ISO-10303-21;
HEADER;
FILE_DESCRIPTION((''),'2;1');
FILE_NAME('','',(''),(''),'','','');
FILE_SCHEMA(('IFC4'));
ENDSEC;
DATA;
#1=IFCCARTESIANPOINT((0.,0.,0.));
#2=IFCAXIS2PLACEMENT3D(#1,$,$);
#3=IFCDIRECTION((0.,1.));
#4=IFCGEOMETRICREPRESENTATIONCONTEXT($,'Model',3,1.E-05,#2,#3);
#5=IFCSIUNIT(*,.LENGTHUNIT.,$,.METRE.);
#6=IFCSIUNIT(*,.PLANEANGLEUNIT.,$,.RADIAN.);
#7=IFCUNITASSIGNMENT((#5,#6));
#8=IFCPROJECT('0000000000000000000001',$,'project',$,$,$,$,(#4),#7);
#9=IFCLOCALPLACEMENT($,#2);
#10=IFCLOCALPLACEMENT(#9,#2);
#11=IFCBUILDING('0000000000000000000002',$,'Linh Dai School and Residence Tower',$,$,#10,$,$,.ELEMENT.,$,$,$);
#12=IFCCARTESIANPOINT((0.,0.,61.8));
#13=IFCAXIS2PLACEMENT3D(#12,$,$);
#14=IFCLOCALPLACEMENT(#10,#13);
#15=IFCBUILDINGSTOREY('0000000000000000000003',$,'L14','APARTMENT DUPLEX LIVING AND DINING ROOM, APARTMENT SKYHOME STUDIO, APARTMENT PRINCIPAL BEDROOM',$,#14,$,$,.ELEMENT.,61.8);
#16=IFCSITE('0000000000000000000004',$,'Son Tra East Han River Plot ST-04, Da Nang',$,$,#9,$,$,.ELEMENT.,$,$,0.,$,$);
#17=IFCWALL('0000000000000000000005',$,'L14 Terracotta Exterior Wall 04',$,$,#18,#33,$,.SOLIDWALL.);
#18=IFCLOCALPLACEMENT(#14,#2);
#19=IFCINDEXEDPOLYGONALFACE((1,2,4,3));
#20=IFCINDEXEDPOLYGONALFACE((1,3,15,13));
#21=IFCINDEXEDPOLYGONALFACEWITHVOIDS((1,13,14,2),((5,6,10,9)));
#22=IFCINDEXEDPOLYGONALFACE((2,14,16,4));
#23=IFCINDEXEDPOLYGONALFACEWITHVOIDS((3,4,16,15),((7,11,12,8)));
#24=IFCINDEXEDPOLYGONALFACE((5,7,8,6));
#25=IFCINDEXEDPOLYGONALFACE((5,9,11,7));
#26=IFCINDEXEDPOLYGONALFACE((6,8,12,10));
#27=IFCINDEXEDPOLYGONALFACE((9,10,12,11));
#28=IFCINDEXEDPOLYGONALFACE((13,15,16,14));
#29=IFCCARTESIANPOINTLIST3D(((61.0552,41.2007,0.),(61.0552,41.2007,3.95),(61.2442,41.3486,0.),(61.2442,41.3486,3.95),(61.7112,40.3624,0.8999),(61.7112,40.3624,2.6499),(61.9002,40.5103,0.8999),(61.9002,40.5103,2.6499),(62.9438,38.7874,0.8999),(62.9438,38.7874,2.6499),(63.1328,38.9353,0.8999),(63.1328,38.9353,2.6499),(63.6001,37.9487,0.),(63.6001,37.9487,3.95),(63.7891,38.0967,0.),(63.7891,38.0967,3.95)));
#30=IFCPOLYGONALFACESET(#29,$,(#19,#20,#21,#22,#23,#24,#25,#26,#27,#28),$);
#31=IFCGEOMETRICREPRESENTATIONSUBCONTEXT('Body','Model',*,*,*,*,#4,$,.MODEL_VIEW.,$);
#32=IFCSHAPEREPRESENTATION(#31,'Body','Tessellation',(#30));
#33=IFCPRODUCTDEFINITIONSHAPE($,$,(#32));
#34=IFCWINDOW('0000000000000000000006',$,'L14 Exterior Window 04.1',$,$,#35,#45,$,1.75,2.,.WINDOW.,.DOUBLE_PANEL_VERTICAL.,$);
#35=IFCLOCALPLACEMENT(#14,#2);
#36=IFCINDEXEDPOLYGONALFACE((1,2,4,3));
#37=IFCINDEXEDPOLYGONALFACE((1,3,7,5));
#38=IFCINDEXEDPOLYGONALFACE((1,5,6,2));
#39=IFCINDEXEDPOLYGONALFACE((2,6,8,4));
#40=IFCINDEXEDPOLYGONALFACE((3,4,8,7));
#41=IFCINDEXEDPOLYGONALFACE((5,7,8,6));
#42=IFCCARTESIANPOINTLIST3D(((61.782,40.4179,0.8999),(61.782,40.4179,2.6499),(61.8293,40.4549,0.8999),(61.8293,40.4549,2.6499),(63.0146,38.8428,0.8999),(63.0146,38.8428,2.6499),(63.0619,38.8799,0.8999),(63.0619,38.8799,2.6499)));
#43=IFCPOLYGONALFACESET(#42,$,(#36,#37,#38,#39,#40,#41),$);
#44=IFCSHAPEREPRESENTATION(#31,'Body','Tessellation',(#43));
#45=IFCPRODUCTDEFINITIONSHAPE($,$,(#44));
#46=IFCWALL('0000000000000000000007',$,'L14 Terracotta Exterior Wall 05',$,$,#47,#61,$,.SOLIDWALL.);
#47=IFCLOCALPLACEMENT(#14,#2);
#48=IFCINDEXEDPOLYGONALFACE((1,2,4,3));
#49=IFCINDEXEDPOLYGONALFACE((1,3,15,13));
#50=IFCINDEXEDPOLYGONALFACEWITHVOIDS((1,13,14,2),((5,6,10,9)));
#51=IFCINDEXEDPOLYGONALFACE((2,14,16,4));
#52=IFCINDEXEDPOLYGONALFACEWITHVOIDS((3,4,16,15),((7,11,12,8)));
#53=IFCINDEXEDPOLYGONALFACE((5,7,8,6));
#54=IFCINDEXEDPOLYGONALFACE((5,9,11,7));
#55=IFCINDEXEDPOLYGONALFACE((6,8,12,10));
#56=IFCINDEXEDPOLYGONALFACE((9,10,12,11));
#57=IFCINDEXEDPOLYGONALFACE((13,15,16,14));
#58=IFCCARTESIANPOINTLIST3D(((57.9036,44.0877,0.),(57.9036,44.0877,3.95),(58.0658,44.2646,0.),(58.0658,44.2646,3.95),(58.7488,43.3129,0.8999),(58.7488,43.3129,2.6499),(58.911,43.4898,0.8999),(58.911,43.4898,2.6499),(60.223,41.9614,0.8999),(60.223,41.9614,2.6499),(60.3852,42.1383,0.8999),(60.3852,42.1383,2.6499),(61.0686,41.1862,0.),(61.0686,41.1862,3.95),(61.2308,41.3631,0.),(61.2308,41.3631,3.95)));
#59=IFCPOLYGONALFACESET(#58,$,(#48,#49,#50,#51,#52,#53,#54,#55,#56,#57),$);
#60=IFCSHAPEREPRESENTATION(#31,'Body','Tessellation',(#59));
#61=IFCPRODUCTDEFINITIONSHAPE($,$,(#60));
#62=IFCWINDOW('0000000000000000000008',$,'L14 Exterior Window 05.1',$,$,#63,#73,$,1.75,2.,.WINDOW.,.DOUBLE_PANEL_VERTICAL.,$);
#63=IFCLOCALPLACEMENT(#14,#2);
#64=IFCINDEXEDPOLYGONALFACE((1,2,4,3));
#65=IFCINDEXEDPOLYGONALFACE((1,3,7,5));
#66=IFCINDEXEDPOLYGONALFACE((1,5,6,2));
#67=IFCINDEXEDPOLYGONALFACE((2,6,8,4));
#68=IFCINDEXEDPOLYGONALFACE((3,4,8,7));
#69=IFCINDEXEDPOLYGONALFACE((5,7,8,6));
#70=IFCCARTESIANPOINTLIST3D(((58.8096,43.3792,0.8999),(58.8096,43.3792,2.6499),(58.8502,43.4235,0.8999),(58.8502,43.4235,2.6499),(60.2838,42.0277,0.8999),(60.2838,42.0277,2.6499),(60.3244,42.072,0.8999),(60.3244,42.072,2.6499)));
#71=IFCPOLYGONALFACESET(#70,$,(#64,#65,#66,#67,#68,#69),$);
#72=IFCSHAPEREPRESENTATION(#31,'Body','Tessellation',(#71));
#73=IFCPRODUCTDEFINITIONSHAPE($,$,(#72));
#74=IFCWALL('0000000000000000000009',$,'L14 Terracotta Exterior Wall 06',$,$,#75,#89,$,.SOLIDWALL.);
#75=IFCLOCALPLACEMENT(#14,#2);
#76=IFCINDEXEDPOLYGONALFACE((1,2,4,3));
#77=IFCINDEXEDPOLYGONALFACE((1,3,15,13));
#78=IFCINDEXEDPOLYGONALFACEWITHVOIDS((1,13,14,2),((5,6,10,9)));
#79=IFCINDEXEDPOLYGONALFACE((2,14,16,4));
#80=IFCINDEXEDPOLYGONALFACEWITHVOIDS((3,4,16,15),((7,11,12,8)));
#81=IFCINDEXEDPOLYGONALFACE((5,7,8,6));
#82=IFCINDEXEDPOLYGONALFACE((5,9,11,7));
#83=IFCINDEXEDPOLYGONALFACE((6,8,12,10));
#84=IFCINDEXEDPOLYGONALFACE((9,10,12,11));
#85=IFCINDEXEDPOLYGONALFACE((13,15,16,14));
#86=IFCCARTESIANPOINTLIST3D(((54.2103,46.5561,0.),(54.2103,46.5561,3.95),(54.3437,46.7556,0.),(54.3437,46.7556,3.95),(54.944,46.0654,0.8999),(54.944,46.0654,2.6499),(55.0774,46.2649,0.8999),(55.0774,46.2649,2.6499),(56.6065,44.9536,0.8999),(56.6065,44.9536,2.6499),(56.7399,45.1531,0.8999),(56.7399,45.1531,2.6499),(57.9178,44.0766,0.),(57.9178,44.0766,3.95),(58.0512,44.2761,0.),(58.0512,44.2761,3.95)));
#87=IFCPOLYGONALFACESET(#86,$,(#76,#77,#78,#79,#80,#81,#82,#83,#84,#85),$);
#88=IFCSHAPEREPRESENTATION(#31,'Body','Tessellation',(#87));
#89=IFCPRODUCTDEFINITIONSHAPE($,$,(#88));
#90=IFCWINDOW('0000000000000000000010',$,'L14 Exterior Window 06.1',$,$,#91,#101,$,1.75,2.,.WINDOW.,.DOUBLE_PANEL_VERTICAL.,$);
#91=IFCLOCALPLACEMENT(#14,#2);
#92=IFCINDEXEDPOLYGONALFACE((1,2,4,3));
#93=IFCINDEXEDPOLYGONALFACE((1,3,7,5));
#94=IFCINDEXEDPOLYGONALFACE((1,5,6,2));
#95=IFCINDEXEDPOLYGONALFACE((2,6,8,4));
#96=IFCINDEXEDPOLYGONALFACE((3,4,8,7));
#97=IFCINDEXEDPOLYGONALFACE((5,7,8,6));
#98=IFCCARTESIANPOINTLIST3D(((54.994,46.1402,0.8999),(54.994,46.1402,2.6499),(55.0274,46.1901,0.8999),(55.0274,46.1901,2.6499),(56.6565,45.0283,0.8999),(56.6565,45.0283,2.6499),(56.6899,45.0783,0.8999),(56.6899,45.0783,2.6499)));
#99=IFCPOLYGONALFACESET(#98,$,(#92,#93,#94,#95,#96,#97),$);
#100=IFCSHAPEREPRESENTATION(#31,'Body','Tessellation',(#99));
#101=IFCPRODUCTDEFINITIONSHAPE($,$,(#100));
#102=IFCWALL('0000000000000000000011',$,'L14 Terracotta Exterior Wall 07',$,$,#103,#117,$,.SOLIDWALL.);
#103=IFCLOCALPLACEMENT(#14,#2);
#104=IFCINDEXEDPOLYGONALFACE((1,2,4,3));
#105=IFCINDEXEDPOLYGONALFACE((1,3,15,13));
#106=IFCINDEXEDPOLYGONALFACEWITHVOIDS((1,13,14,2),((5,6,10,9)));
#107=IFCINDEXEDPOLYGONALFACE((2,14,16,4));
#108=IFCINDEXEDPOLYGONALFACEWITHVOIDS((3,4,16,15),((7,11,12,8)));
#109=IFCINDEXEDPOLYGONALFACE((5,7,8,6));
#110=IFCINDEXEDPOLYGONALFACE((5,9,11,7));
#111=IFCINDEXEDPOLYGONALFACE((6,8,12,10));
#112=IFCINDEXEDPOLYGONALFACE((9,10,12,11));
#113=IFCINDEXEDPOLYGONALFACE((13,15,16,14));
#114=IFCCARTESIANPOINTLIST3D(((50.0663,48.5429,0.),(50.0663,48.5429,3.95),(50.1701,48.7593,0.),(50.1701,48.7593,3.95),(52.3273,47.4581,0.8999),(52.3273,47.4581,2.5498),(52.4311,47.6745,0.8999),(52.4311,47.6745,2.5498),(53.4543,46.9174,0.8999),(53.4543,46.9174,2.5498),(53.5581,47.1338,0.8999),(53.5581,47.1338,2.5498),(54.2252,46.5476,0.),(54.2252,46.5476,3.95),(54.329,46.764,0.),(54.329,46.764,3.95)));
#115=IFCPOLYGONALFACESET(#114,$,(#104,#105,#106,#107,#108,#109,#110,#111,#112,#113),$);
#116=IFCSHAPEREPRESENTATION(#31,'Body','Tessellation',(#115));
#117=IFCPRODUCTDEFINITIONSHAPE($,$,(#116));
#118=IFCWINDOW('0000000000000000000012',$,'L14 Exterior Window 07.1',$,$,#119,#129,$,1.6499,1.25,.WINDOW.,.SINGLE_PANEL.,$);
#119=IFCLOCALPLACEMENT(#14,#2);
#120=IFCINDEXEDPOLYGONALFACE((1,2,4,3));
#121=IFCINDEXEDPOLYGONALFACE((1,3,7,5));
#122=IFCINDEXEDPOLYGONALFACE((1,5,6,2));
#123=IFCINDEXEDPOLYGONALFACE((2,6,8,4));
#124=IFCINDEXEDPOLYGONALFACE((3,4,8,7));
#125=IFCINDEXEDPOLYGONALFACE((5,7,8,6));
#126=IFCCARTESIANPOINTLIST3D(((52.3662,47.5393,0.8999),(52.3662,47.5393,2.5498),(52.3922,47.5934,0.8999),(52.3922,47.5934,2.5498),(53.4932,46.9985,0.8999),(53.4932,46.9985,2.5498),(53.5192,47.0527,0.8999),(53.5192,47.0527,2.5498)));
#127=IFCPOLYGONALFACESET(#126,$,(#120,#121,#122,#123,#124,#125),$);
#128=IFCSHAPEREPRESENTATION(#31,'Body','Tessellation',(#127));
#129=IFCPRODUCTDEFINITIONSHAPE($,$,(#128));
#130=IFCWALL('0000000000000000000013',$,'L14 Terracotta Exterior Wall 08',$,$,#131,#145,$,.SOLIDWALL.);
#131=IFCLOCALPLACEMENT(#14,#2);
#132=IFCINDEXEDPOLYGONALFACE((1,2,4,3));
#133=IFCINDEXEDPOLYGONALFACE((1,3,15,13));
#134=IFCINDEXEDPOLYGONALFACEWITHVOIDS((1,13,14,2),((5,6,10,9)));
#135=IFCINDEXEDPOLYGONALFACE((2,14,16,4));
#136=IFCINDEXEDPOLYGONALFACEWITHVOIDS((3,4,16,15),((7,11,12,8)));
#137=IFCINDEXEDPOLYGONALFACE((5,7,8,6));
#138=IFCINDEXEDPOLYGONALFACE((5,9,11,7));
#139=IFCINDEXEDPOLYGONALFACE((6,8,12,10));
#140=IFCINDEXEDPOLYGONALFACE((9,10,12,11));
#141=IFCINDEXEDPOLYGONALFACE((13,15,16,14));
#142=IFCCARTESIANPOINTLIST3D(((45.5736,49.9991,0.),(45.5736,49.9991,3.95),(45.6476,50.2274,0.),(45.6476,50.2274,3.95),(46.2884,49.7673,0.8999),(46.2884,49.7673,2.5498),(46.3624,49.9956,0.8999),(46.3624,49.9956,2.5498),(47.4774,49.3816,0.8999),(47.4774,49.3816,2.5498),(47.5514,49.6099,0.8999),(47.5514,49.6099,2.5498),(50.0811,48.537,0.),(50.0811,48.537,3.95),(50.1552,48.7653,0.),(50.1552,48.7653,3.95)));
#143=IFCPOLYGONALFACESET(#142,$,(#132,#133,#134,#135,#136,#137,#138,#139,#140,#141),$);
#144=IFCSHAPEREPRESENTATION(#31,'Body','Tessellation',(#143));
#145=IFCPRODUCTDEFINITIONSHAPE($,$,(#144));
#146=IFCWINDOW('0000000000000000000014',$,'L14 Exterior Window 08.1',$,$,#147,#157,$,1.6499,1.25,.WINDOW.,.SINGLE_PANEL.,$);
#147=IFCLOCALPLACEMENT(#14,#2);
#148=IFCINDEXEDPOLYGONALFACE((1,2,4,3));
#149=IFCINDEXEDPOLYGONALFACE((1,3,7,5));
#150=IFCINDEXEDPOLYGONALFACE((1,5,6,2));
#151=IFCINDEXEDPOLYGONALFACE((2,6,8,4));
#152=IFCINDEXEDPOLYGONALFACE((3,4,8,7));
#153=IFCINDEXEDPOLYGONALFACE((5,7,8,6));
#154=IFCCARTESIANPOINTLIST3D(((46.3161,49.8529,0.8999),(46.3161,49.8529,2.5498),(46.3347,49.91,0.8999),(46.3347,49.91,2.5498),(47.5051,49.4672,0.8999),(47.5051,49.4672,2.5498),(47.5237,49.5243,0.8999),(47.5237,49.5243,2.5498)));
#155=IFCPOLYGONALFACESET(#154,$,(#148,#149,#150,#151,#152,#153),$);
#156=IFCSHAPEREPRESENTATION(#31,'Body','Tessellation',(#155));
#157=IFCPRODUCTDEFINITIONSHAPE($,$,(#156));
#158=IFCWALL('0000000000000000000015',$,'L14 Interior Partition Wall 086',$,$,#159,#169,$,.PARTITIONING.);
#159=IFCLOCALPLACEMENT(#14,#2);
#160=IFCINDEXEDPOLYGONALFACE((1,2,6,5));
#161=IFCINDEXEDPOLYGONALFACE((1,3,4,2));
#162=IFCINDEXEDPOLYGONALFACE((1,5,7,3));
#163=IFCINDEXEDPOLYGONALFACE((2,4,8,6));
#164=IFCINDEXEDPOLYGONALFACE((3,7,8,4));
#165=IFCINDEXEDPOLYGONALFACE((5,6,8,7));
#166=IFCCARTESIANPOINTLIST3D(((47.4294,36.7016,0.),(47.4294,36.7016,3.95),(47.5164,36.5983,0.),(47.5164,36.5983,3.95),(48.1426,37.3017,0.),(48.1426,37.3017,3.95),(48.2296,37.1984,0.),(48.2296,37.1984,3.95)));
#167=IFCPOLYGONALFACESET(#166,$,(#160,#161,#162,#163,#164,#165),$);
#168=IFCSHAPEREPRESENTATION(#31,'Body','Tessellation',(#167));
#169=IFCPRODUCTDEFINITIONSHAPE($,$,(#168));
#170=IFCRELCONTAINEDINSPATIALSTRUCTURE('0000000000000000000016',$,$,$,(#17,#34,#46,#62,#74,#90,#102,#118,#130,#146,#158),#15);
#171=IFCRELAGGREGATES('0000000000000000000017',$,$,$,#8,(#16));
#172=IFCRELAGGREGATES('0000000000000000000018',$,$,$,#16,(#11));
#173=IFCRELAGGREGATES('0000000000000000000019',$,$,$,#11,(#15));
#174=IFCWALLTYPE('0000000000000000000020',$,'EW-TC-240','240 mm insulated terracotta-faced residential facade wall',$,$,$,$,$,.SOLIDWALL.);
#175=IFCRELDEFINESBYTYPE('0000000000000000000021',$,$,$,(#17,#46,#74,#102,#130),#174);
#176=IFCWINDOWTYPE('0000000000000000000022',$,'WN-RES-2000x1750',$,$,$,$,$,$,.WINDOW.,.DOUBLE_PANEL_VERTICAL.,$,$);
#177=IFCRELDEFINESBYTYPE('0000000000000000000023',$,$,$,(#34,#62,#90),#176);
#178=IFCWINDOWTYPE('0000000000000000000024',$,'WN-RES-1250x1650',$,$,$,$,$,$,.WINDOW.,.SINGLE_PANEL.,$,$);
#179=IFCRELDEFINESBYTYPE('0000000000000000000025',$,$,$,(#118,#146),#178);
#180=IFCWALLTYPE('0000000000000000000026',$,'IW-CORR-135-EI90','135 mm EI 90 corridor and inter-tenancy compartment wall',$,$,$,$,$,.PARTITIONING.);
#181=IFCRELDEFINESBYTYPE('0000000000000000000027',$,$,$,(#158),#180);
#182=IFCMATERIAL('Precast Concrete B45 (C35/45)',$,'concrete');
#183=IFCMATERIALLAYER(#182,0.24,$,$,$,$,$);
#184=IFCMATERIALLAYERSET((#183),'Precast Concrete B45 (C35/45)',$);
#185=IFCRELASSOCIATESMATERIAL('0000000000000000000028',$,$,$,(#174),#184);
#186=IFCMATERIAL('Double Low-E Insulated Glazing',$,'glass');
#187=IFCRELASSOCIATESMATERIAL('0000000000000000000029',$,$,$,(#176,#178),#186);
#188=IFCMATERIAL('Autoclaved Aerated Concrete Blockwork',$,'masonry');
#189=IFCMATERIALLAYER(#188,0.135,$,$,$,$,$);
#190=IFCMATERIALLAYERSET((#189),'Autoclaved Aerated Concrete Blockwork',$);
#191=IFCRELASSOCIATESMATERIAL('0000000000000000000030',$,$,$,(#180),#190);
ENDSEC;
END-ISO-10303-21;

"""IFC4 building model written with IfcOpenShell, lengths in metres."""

from ifc_helpers import new_model, si_unit, direction, frame, frame_2d, origin, origin_2d, place, context, subcontext, project, spatial, rectangle, extrude, source, transform, mapped, material, layer, layer_set, type_object, element, fill, save


model = new_model("IFC4")

# Units and contexts
model_context = context("Model", 3, precision=1e-05, world=origin(), true_north=direction((0.0, 1.0)))
body_context = subcontext(model_context, "Body", "Model", "MODEL_VIEW")
ifc_project = project(units=[si_unit("LENGTHUNIT", "METRE"), si_unit("PLANEANGLEUNIT", "RADIAN")], contexts=[model_context])

# Site, building, storey
site_placement = place(None, origin())
site = spatial("IfcSite", under=ifc_project, at=site_placement, Name="Son Tra East Han River Plot ST-04, Da Nang", CompositionType="ELEMENT", RefElevation=0.0)
building_placement = place(site_placement, origin())
building = spatial("IfcBuilding", under=site, at=building_placement, Name="Linh Dai School and Residence Tower", CompositionType="ELEMENT")
storey_placement = place(building_placement, frame((0.0, 0.0, 61.8)))
storey = spatial("IfcBuildingStorey", under=building, at=storey_placement, Name="L14", Description="APARTMENT DUPLEX LIVING AND DINING ROOM, APARTMENT SKYHOME STUDIO, APARTMENT PRINCIPAL BEDROOM", CompositionType="ELEMENT", Elevation=61.8)

# Shared definitions
ifc_material_1 = material(Name="Precast Concrete B45 (C35/45)", Category="concrete")

# Shared definitions
ifc_layer_1 = layer(ifc_material_1, 0.24)
ifc_layer_set_1 = layer_set([ifc_layer_1], Name="Precast Concrete B45 (C35/45)")
wall_type_1 = type_object("IfcWallType", Name="EW-TC-240", Description="240 mm insulated terracotta-faced residential facade wall", PredefinedType="SOLIDWALL", material=ifc_layer_set_1)

# Walls, openings, windows
wall_1_placement = place(storey_placement, frame((61.1497, 41.2747, 0.0), z_axis=(0.0, 0.0, 1.0), x_axis=(0.616296, -0.787515, 0.0)))
wall_1 = element("IfcWall", 1, at=wall_1_placement, inside=storey, type_object=wall_type_1, Name="L14 Terracotta Exterior Wall 04", PredefinedType="SOLIDWALL", context=body_context, shape_type="SweptSolid", body=[
    extrude(rectangle(XDim=4.1294, YDim=0.24, at=frame_2d((2.0647, 0.0))), origin(), (0.0, 0.0, 1.0), 3.95),
])
opening_1_placement = place(wall_1_placement, frame((1.0645, 0.0, 0.8999)))
opening_1 = element("IfcOpeningElement", 2, at=opening_1_placement, cuts=wall_1, PredefinedType="OPENING", context=body_context, shape_type="SweptSolid", body=[
    extrude(rectangle(XDim=2.0, YDim=1.75, at=origin_2d()), frame((1.0, 0.1299, 0.875), z_axis=(0.0, -1.0, 0.0), x_axis=(1.0, 0.0, 0.0)), (0.0, 0.0, 1.0), 0.26),
])
ifc_material_2 = material(Name="Double Low-E Insulated Glazing", Category="glass")
window_type_1 = type_object("IfcWindowType", Name="WN-RES-2000x1750", PartitioningType="DOUBLE_PANEL_VERTICAL", PredefinedType="WINDOW", material=ifc_material_2)
shared_shape_1 = source(origin(), body_context, "Body", "SweptSolid", [
    extrude(rectangle(XDim=2.0, YDim=1.75, at=origin_2d()), frame((1.0, 0.03, 0.875), z_axis=(0.0, -1.0, 0.0), x_axis=(1.0, 0.0, 0.0)), (0.0, 0.0, 1.0), 0.0601),
])
window_1_placement = place(opening_1_placement, origin())
window_1 = element("IfcWindow", 3, at=window_1_placement, inside=storey, type_object=window_type_1, Name="L14 Exterior Window 04.1", OverallHeight=1.75, OverallWidth=2.0, PartitioningType="DOUBLE_PANEL_VERTICAL", PredefinedType="WINDOW", context=body_context, shape_type="MappedRepresentation", body=[
    mapped(shared_shape_1, transform((0.0, 0.0, 0.0), x_axis=(1.0, 0.0, 0.0), y_axis=(0.0, 1.0, 0.0), z_axis=(0.0, 0.0, 1.0), scale=1.0)),
])
fill(opening_1, window_1)
wall_2_placement = place(storey_placement, frame((57.9846, 44.1763, 0.0), z_axis=(0.0, 0.0, 1.0), x_axis=(0.737116, -0.675766, 0.0)))
wall_2 = element("IfcWall", 4, at=wall_2_placement, inside=storey, type_object=wall_type_1, Name="L14 Terracotta Exterior Wall 05", PredefinedType="SOLIDWALL", context=body_context, shape_type="SweptSolid", body=[
    extrude(rectangle(XDim=4.2937, YDim=0.24, at=frame_2d((2.147, 0.0))), origin(), (0.0, 0.0, 1.0), 3.95),
])
opening_2_placement = place(wall_2_placement, frame((1.1467, 0.0, 0.8999)))
opening_2 = element("IfcOpeningElement", 5, at=opening_2_placement, cuts=wall_2, PredefinedType="OPENING", context=body_context, shape_type="SweptSolid", body=[
    extrude(rectangle(XDim=2.0, YDim=1.75, at=origin_2d()), frame((1.0, 0.1299, 0.875), z_axis=(0.0, -1.0, 0.0), x_axis=(1.0, 0.0, 0.0)), (0.0, 0.0, 1.0), 0.26),
])
window_2_placement = place(opening_2_placement, origin())
window_2 = element("IfcWindow", 6, at=window_2_placement, inside=storey, type_object=window_type_1, Name="L14 Exterior Window 05.1", OverallHeight=1.75, OverallWidth=2.0, PartitioningType="DOUBLE_PANEL_VERTICAL", PredefinedType="WINDOW", context=body_context, shape_type="MappedRepresentation", body=[
    mapped(shared_shape_1, transform((0.0, 0.0, 0.0), x_axis=(1.0, 0.0, 0.0), y_axis=(0.0, 1.0, 0.0), z_axis=(0.0, 0.0, 1.0), scale=1.0)),
])
fill(opening_2, window_2)
wall_3_placement = place(storey_placement, frame((54.2771, 46.6558, 0.0), z_axis=(0.0, 0.0, 1.0), x_axis=(0.831241, -0.555912, 0.0)))
wall_3 = element("IfcWall", 7, at=wall_3_placement, inside=storey, type_object=wall_type_1, Name="L14 Terracotta Exterior Wall 06", PredefinedType="SOLIDWALL", context=body_context, shape_type="SweptSolid", body=[
    extrude(rectangle(XDim=4.4602, YDim=0.24, at=frame_2d((2.23, 0.0))), origin(), (0.0, 0.0, 1.0), 3.95),
])
opening_3_placement = place(wall_3_placement, frame((0.8826, 0.0, 0.8999)))
opening_3 = element("IfcOpeningElement", 8, at=opening_3_placement, cuts=wall_3, PredefinedType="OPENING", context=body_context, shape_type="SweptSolid", body=[
    extrude(rectangle(XDim=2.0, YDim=1.75, at=origin_2d()), frame((1.0, 0.1299, 0.875), z_axis=(0.0, -1.0, 0.0), x_axis=(1.0, 0.0, 0.0)), (0.0, 0.0, 1.0), 0.26),
])
window_3_placement = place(opening_3_placement, origin())
window_3 = element("IfcWindow", 9, at=window_3_placement, inside=storey, type_object=window_type_1, Name="L14 Exterior Window 06.1", OverallHeight=1.75, OverallWidth=2.0, PartitioningType="DOUBLE_PANEL_VERTICAL", PredefinedType="WINDOW", context=body_context, shape_type="MappedRepresentation", body=[
    mapped(shared_shape_1, transform((0.0, 0.0, 0.0), x_axis=(1.0, 0.0, 0.0), y_axis=(0.0, 1.0, 0.0), z_axis=(0.0, 0.0, 1.0), scale=1.0)),
])
fill(opening_3, window_3)
wall_4_placement = place(storey_placement, frame((50.1182, 48.6511, 0.0), z_axis=(0.0, 0.0, 1.0), x_axis=(0.901602, -0.432568, 0.0)))
wall_4 = element("IfcWall", 10, at=wall_4_placement, inside=storey, type_object=wall_type_1, Name="L14 Terracotta Exterior Wall 07", PredefinedType="SOLIDWALL", context=body_context, shape_type="SweptSolid", body=[
    extrude(rectangle(XDim=4.6128, YDim=0.24, at=frame_2d((2.3064, 0.0))), origin(), (0.0, 0.0, 1.0), 3.95),
])
opening_4_placement = place(wall_4_placement, frame((2.5078, 0.0, 0.8999)))
opening_4 = element("IfcOpeningElement", 11, at=opening_4_placement, cuts=wall_4, PredefinedType="OPENING", context=body_context, shape_type="SweptSolid", body=[
    extrude(rectangle(XDim=1.25, YDim=1.6499, at=origin_2d()), frame((0.625, 0.1299, 0.825), z_axis=(0.0, -1.0, 0.0), x_axis=(1.0, 0.0, 0.0)), (0.0, 0.0, 1.0), 0.26),
])
window_type_2 = type_object("IfcWindowType", Name="WN-RES-1250x1650", PartitioningType="SINGLE_PANEL", PredefinedType="WINDOW", material=ifc_material_2)
shared_shape_2 = source(origin(), body_context, "Body", "SweptSolid", [
    extrude(rectangle(XDim=1.25, YDim=1.6499, at=origin_2d()), frame((0.625, 0.03, 0.825), z_axis=(0.0, -1.0, 0.0), x_axis=(1.0, 0.0, 0.0)), (0.0, 0.0, 1.0), 0.0601),
])
window_4_placement = place(opening_4_placement, origin())
window_4 = element("IfcWindow", 12, at=window_4_placement, inside=storey, type_object=window_type_2, Name="L14 Exterior Window 07.1", OverallHeight=1.6499, OverallWidth=1.25, PartitioningType="SINGLE_PANEL", PredefinedType="WINDOW", context=body_context, shape_type="MappedRepresentation", body=[
    mapped(shared_shape_2, transform((0.0, 0.0, 0.0), x_axis=(1.0, 0.0, 0.0), y_axis=(0.0, 1.0, 0.0), z_axis=(0.0, 0.0, 1.0), scale=1.0)),
])
fill(opening_4, window_4)
wall_5_placement = place(storey_placement, frame((45.6106, 50.1133, 0.0), z_axis=(0.0, 0.0, 1.0), x_axis=(0.951208, -0.308551, 0.0)))
wall_5 = element("IfcWall", 13, at=wall_5_placement, inside=storey, type_object=wall_type_1, Name="L14 Terracotta Exterior Wall 08", PredefinedType="SOLIDWALL", context=body_context, shape_type="SweptSolid", body=[
    extrude(rectangle(XDim=4.7388, YDim=0.24, at=frame_2d((2.3694, 0.0))), origin(), (0.0, 0.0, 1.0), 3.95),
])
opening_5_placement = place(wall_5_placement, frame((0.7515, 0.0, 0.8999)))
opening_5 = element("IfcOpeningElement", 14, at=opening_5_placement, cuts=wall_5, PredefinedType="OPENING", context=body_context, shape_type="SweptSolid", body=[
    extrude(rectangle(XDim=1.25, YDim=1.6499, at=origin_2d()), frame((0.625, 0.1299, 0.825), z_axis=(0.0, -1.0, 0.0), x_axis=(1.0, 0.0, 0.0)), (0.0, 0.0, 1.0), 0.26),
])
window_5_placement = place(opening_5_placement, origin())
window_5 = element("IfcWindow", 15, at=window_5_placement, inside=storey, type_object=window_type_2, Name="L14 Exterior Window 08.1", OverallHeight=1.6499, OverallWidth=1.25, PartitioningType="SINGLE_PANEL", PredefinedType="WINDOW", context=body_context, shape_type="MappedRepresentation", body=[
    mapped(shared_shape_2, transform((0.0, 0.0, 0.0), x_axis=(1.0, 0.0, 0.0), y_axis=(0.0, 1.0, 0.0), z_axis=(0.0, 0.0, 1.0), scale=1.0)),
])
fill(opening_5, window_5)

# Wall
ifc_material_3 = material(Name="Autoclaved Aerated Concrete Blockwork", Category="masonry")
ifc_layer_2 = layer(ifc_material_3, 0.135)
ifc_layer_set_2 = layer_set([ifc_layer_2], Name="Autoclaved Aerated Concrete Blockwork")
wall_type_2 = type_object("IfcWallType", Name="IW-CORR-135-EI90", Description="135 mm EI 90 corridor and inter-tenancy compartment wall", PredefinedType="PARTITIONING", material=ifc_layer_set_2)
wall_6_placement = place(storey_placement, frame((47.4729, 36.6499, 0.0), z_axis=(0.0, 0.0, 1.0), x_axis=(0.765142, 0.643861, 0.0)))
element("IfcWall", 16, at=wall_6_placement, inside=storey, type_object=wall_type_2, Name="L14 Interior Partition Wall 086", PredefinedType="PARTITIONING", context=body_context, shape_type="SweptSolid", body=[
    extrude(rectangle(XDim=0.9321, YDim=0.135, at=frame_2d((0.4661, 0.0))), origin(), (0.0, 0.0, 1.0), 3.95),
])

save(model, "model.ifc")
